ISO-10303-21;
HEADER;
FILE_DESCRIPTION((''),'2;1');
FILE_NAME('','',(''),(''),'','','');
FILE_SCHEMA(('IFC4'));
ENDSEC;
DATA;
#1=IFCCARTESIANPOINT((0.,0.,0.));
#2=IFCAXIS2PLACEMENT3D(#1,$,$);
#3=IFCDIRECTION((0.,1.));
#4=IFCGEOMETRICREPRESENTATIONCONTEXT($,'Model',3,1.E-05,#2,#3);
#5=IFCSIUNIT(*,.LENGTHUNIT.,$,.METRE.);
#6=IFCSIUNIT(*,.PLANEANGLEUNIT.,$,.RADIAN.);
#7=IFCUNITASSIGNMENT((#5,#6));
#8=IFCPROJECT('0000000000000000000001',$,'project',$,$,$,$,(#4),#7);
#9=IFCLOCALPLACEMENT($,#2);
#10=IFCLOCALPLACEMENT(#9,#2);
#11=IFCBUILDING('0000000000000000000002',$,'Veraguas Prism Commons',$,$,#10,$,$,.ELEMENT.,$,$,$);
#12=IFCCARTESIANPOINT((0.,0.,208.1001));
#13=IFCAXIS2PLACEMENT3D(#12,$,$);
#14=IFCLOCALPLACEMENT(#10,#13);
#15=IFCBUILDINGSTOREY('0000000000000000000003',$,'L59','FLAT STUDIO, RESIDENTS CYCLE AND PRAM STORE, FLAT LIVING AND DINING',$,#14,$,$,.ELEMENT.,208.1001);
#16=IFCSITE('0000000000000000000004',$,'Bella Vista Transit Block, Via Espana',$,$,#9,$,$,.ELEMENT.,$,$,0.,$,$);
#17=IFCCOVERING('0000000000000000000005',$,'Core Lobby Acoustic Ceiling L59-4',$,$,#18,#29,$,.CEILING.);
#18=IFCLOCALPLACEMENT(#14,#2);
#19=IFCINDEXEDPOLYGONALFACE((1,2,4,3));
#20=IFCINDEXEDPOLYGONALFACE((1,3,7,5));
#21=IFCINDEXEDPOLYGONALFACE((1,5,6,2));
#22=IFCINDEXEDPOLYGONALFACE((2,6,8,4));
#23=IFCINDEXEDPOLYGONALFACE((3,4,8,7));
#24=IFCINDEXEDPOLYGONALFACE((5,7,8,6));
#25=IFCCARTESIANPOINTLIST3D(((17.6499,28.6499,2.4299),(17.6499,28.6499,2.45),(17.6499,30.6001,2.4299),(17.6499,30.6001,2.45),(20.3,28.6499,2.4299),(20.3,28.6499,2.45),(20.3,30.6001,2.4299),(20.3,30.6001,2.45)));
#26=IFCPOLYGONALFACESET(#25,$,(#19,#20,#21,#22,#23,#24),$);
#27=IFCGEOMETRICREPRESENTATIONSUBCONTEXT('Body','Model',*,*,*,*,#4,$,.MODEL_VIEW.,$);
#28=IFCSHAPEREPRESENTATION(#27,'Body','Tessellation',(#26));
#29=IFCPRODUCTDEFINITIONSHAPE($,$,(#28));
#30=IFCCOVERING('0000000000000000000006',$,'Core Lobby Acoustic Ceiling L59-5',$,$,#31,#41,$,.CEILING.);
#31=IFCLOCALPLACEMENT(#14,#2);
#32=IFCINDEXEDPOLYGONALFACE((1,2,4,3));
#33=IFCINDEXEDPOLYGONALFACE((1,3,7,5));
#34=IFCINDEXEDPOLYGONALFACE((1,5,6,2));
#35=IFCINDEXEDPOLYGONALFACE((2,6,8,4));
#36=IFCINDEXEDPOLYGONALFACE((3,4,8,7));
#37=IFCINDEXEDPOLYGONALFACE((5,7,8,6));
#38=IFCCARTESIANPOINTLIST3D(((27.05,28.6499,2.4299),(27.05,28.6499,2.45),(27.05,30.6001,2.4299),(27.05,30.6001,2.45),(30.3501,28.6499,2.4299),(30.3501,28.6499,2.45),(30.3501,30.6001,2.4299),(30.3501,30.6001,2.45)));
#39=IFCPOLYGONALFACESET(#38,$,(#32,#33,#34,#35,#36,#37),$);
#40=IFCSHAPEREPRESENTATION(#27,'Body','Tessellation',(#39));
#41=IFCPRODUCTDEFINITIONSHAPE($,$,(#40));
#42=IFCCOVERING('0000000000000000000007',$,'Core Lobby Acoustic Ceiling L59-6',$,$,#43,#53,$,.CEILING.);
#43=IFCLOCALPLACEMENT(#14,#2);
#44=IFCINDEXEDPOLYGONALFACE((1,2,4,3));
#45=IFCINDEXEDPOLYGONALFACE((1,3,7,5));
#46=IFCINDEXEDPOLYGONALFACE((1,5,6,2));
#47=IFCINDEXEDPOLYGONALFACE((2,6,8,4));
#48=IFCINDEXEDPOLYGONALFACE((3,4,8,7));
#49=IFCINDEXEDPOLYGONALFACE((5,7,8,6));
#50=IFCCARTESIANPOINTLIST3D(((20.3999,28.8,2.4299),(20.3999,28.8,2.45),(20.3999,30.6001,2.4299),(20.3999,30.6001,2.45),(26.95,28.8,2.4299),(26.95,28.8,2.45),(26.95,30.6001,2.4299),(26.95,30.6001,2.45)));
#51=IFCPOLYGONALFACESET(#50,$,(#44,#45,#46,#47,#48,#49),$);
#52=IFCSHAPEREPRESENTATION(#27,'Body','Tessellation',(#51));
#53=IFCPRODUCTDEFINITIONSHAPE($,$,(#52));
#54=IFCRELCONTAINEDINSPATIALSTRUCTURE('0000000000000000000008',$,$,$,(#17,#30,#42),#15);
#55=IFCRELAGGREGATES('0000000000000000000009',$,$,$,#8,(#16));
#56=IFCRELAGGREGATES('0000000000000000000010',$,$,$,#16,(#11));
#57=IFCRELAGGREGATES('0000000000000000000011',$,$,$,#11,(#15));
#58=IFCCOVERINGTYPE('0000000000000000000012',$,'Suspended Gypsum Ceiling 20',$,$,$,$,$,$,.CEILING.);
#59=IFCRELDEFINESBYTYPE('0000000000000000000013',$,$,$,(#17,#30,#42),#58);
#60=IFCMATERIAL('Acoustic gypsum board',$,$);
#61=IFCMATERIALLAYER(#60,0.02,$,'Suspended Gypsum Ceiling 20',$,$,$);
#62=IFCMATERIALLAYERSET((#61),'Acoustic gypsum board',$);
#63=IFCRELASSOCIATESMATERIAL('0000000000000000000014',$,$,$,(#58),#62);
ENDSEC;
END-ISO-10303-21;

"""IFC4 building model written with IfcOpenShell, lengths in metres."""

from ifc_helpers import new_model, si_unit, direction, frame, origin, place, context, subcontext, project, spatial, polyline, outline, extrude, material, layer, layer_set, type_object, element, save


model = new_model("IFC4")

# Units and contexts
model_context = context("Model", 3, precision=1e-05, world=origin(), true_north=direction((0.0, 1.0)))
body_context = subcontext(model_context, "Body", "Model", "MODEL_VIEW")
ifc_project = project(units=[si_unit("LENGTHUNIT", "METRE"), si_unit("PLANEANGLEUNIT", "RADIAN")], contexts=[model_context])

# Site, building, storey
site_placement = place(None, origin())
site = spatial("IfcSite", under=ifc_project, at=site_placement, Name="Bella Vista Transit Block, Via Espana", CompositionType="ELEMENT", RefElevation=0.0)
building_placement = place(site_placement, origin())
building = spatial("IfcBuilding", under=site, at=building_placement, Name="Veraguas Prism Commons", CompositionType="ELEMENT")
storey_placement = place(building_placement, frame((0.0, 0.0, 208.1001)))
storey = spatial("IfcBuildingStorey", under=building, at=storey_placement, Name="L59", Description="FLAT STUDIO, RESIDENTS CYCLE AND PRAM STORE, FLAT LIVING AND DINING", CompositionType="ELEMENT", Elevation=208.1001)

# Coverings
ifc_material_1 = material(Name="Acoustic gypsum board")
ifc_layer_1 = layer(ifc_material_1, 0.02, Name="Suspended Gypsum Ceiling 20")
ifc_layer_set_1 = layer_set([ifc_layer_1], Name="Acoustic gypsum board")
covering_type_1 = type_object("IfcCoveringType", Name="Suspended Gypsum Ceiling 20", PredefinedType="CEILING", material=ifc_layer_set_1)
covering_1_placement = place(storey_placement, frame((0.0, 0.0, 2.4299)))
element("IfcCovering", 1, at=covering_1_placement, inside=storey, type_object=covering_type_1, Name="Core Lobby Acoustic Ceiling L59-4", PredefinedType="CEILING", context=body_context, shape_type="SweptSolid", body=[
    extrude(outline(polyline([(17.6499, 28.6499), (20.3, 28.6499), (20.3, 30.6001), (17.6499, 30.6001), (17.6499, 28.6499)])), origin(), (0.0, 0.0, 1.0), 0.02),
])
covering_2_placement = place(storey_placement, frame((0.0, 0.0, 2.4299)))
element("IfcCovering", 2, at=covering_2_placement, inside=storey, type_object=covering_type_1, Name="Core Lobby Acoustic Ceiling L59-5", PredefinedType="CEILING", context=body_context, shape_type="SweptSolid", body=[
    extrude(outline(polyline([(27.05, 28.6499), (30.3501, 28.6499), (30.3501, 30.6001), (27.05, 30.6001), (27.05, 28.6499)])), origin(), (0.0, 0.0, 1.0), 0.02),
])
covering_3_placement = place(storey_placement, frame((0.0, 0.0, 2.4299)))
element("IfcCovering", 3, at=covering_3_placement, inside=storey, type_object=covering_type_1, Name="Core Lobby Acoustic Ceiling L59-6", PredefinedType="CEILING", context=body_context, shape_type="SweptSolid", body=[
    extrude(outline(polyline([(20.3999, 28.8), (26.95, 28.8), (26.95, 30.6001), (20.3999, 30.6001), (20.3999, 28.8)])), origin(), (0.0, 0.0, 1.0), 0.02),
])

save(model, "model.ifc")
